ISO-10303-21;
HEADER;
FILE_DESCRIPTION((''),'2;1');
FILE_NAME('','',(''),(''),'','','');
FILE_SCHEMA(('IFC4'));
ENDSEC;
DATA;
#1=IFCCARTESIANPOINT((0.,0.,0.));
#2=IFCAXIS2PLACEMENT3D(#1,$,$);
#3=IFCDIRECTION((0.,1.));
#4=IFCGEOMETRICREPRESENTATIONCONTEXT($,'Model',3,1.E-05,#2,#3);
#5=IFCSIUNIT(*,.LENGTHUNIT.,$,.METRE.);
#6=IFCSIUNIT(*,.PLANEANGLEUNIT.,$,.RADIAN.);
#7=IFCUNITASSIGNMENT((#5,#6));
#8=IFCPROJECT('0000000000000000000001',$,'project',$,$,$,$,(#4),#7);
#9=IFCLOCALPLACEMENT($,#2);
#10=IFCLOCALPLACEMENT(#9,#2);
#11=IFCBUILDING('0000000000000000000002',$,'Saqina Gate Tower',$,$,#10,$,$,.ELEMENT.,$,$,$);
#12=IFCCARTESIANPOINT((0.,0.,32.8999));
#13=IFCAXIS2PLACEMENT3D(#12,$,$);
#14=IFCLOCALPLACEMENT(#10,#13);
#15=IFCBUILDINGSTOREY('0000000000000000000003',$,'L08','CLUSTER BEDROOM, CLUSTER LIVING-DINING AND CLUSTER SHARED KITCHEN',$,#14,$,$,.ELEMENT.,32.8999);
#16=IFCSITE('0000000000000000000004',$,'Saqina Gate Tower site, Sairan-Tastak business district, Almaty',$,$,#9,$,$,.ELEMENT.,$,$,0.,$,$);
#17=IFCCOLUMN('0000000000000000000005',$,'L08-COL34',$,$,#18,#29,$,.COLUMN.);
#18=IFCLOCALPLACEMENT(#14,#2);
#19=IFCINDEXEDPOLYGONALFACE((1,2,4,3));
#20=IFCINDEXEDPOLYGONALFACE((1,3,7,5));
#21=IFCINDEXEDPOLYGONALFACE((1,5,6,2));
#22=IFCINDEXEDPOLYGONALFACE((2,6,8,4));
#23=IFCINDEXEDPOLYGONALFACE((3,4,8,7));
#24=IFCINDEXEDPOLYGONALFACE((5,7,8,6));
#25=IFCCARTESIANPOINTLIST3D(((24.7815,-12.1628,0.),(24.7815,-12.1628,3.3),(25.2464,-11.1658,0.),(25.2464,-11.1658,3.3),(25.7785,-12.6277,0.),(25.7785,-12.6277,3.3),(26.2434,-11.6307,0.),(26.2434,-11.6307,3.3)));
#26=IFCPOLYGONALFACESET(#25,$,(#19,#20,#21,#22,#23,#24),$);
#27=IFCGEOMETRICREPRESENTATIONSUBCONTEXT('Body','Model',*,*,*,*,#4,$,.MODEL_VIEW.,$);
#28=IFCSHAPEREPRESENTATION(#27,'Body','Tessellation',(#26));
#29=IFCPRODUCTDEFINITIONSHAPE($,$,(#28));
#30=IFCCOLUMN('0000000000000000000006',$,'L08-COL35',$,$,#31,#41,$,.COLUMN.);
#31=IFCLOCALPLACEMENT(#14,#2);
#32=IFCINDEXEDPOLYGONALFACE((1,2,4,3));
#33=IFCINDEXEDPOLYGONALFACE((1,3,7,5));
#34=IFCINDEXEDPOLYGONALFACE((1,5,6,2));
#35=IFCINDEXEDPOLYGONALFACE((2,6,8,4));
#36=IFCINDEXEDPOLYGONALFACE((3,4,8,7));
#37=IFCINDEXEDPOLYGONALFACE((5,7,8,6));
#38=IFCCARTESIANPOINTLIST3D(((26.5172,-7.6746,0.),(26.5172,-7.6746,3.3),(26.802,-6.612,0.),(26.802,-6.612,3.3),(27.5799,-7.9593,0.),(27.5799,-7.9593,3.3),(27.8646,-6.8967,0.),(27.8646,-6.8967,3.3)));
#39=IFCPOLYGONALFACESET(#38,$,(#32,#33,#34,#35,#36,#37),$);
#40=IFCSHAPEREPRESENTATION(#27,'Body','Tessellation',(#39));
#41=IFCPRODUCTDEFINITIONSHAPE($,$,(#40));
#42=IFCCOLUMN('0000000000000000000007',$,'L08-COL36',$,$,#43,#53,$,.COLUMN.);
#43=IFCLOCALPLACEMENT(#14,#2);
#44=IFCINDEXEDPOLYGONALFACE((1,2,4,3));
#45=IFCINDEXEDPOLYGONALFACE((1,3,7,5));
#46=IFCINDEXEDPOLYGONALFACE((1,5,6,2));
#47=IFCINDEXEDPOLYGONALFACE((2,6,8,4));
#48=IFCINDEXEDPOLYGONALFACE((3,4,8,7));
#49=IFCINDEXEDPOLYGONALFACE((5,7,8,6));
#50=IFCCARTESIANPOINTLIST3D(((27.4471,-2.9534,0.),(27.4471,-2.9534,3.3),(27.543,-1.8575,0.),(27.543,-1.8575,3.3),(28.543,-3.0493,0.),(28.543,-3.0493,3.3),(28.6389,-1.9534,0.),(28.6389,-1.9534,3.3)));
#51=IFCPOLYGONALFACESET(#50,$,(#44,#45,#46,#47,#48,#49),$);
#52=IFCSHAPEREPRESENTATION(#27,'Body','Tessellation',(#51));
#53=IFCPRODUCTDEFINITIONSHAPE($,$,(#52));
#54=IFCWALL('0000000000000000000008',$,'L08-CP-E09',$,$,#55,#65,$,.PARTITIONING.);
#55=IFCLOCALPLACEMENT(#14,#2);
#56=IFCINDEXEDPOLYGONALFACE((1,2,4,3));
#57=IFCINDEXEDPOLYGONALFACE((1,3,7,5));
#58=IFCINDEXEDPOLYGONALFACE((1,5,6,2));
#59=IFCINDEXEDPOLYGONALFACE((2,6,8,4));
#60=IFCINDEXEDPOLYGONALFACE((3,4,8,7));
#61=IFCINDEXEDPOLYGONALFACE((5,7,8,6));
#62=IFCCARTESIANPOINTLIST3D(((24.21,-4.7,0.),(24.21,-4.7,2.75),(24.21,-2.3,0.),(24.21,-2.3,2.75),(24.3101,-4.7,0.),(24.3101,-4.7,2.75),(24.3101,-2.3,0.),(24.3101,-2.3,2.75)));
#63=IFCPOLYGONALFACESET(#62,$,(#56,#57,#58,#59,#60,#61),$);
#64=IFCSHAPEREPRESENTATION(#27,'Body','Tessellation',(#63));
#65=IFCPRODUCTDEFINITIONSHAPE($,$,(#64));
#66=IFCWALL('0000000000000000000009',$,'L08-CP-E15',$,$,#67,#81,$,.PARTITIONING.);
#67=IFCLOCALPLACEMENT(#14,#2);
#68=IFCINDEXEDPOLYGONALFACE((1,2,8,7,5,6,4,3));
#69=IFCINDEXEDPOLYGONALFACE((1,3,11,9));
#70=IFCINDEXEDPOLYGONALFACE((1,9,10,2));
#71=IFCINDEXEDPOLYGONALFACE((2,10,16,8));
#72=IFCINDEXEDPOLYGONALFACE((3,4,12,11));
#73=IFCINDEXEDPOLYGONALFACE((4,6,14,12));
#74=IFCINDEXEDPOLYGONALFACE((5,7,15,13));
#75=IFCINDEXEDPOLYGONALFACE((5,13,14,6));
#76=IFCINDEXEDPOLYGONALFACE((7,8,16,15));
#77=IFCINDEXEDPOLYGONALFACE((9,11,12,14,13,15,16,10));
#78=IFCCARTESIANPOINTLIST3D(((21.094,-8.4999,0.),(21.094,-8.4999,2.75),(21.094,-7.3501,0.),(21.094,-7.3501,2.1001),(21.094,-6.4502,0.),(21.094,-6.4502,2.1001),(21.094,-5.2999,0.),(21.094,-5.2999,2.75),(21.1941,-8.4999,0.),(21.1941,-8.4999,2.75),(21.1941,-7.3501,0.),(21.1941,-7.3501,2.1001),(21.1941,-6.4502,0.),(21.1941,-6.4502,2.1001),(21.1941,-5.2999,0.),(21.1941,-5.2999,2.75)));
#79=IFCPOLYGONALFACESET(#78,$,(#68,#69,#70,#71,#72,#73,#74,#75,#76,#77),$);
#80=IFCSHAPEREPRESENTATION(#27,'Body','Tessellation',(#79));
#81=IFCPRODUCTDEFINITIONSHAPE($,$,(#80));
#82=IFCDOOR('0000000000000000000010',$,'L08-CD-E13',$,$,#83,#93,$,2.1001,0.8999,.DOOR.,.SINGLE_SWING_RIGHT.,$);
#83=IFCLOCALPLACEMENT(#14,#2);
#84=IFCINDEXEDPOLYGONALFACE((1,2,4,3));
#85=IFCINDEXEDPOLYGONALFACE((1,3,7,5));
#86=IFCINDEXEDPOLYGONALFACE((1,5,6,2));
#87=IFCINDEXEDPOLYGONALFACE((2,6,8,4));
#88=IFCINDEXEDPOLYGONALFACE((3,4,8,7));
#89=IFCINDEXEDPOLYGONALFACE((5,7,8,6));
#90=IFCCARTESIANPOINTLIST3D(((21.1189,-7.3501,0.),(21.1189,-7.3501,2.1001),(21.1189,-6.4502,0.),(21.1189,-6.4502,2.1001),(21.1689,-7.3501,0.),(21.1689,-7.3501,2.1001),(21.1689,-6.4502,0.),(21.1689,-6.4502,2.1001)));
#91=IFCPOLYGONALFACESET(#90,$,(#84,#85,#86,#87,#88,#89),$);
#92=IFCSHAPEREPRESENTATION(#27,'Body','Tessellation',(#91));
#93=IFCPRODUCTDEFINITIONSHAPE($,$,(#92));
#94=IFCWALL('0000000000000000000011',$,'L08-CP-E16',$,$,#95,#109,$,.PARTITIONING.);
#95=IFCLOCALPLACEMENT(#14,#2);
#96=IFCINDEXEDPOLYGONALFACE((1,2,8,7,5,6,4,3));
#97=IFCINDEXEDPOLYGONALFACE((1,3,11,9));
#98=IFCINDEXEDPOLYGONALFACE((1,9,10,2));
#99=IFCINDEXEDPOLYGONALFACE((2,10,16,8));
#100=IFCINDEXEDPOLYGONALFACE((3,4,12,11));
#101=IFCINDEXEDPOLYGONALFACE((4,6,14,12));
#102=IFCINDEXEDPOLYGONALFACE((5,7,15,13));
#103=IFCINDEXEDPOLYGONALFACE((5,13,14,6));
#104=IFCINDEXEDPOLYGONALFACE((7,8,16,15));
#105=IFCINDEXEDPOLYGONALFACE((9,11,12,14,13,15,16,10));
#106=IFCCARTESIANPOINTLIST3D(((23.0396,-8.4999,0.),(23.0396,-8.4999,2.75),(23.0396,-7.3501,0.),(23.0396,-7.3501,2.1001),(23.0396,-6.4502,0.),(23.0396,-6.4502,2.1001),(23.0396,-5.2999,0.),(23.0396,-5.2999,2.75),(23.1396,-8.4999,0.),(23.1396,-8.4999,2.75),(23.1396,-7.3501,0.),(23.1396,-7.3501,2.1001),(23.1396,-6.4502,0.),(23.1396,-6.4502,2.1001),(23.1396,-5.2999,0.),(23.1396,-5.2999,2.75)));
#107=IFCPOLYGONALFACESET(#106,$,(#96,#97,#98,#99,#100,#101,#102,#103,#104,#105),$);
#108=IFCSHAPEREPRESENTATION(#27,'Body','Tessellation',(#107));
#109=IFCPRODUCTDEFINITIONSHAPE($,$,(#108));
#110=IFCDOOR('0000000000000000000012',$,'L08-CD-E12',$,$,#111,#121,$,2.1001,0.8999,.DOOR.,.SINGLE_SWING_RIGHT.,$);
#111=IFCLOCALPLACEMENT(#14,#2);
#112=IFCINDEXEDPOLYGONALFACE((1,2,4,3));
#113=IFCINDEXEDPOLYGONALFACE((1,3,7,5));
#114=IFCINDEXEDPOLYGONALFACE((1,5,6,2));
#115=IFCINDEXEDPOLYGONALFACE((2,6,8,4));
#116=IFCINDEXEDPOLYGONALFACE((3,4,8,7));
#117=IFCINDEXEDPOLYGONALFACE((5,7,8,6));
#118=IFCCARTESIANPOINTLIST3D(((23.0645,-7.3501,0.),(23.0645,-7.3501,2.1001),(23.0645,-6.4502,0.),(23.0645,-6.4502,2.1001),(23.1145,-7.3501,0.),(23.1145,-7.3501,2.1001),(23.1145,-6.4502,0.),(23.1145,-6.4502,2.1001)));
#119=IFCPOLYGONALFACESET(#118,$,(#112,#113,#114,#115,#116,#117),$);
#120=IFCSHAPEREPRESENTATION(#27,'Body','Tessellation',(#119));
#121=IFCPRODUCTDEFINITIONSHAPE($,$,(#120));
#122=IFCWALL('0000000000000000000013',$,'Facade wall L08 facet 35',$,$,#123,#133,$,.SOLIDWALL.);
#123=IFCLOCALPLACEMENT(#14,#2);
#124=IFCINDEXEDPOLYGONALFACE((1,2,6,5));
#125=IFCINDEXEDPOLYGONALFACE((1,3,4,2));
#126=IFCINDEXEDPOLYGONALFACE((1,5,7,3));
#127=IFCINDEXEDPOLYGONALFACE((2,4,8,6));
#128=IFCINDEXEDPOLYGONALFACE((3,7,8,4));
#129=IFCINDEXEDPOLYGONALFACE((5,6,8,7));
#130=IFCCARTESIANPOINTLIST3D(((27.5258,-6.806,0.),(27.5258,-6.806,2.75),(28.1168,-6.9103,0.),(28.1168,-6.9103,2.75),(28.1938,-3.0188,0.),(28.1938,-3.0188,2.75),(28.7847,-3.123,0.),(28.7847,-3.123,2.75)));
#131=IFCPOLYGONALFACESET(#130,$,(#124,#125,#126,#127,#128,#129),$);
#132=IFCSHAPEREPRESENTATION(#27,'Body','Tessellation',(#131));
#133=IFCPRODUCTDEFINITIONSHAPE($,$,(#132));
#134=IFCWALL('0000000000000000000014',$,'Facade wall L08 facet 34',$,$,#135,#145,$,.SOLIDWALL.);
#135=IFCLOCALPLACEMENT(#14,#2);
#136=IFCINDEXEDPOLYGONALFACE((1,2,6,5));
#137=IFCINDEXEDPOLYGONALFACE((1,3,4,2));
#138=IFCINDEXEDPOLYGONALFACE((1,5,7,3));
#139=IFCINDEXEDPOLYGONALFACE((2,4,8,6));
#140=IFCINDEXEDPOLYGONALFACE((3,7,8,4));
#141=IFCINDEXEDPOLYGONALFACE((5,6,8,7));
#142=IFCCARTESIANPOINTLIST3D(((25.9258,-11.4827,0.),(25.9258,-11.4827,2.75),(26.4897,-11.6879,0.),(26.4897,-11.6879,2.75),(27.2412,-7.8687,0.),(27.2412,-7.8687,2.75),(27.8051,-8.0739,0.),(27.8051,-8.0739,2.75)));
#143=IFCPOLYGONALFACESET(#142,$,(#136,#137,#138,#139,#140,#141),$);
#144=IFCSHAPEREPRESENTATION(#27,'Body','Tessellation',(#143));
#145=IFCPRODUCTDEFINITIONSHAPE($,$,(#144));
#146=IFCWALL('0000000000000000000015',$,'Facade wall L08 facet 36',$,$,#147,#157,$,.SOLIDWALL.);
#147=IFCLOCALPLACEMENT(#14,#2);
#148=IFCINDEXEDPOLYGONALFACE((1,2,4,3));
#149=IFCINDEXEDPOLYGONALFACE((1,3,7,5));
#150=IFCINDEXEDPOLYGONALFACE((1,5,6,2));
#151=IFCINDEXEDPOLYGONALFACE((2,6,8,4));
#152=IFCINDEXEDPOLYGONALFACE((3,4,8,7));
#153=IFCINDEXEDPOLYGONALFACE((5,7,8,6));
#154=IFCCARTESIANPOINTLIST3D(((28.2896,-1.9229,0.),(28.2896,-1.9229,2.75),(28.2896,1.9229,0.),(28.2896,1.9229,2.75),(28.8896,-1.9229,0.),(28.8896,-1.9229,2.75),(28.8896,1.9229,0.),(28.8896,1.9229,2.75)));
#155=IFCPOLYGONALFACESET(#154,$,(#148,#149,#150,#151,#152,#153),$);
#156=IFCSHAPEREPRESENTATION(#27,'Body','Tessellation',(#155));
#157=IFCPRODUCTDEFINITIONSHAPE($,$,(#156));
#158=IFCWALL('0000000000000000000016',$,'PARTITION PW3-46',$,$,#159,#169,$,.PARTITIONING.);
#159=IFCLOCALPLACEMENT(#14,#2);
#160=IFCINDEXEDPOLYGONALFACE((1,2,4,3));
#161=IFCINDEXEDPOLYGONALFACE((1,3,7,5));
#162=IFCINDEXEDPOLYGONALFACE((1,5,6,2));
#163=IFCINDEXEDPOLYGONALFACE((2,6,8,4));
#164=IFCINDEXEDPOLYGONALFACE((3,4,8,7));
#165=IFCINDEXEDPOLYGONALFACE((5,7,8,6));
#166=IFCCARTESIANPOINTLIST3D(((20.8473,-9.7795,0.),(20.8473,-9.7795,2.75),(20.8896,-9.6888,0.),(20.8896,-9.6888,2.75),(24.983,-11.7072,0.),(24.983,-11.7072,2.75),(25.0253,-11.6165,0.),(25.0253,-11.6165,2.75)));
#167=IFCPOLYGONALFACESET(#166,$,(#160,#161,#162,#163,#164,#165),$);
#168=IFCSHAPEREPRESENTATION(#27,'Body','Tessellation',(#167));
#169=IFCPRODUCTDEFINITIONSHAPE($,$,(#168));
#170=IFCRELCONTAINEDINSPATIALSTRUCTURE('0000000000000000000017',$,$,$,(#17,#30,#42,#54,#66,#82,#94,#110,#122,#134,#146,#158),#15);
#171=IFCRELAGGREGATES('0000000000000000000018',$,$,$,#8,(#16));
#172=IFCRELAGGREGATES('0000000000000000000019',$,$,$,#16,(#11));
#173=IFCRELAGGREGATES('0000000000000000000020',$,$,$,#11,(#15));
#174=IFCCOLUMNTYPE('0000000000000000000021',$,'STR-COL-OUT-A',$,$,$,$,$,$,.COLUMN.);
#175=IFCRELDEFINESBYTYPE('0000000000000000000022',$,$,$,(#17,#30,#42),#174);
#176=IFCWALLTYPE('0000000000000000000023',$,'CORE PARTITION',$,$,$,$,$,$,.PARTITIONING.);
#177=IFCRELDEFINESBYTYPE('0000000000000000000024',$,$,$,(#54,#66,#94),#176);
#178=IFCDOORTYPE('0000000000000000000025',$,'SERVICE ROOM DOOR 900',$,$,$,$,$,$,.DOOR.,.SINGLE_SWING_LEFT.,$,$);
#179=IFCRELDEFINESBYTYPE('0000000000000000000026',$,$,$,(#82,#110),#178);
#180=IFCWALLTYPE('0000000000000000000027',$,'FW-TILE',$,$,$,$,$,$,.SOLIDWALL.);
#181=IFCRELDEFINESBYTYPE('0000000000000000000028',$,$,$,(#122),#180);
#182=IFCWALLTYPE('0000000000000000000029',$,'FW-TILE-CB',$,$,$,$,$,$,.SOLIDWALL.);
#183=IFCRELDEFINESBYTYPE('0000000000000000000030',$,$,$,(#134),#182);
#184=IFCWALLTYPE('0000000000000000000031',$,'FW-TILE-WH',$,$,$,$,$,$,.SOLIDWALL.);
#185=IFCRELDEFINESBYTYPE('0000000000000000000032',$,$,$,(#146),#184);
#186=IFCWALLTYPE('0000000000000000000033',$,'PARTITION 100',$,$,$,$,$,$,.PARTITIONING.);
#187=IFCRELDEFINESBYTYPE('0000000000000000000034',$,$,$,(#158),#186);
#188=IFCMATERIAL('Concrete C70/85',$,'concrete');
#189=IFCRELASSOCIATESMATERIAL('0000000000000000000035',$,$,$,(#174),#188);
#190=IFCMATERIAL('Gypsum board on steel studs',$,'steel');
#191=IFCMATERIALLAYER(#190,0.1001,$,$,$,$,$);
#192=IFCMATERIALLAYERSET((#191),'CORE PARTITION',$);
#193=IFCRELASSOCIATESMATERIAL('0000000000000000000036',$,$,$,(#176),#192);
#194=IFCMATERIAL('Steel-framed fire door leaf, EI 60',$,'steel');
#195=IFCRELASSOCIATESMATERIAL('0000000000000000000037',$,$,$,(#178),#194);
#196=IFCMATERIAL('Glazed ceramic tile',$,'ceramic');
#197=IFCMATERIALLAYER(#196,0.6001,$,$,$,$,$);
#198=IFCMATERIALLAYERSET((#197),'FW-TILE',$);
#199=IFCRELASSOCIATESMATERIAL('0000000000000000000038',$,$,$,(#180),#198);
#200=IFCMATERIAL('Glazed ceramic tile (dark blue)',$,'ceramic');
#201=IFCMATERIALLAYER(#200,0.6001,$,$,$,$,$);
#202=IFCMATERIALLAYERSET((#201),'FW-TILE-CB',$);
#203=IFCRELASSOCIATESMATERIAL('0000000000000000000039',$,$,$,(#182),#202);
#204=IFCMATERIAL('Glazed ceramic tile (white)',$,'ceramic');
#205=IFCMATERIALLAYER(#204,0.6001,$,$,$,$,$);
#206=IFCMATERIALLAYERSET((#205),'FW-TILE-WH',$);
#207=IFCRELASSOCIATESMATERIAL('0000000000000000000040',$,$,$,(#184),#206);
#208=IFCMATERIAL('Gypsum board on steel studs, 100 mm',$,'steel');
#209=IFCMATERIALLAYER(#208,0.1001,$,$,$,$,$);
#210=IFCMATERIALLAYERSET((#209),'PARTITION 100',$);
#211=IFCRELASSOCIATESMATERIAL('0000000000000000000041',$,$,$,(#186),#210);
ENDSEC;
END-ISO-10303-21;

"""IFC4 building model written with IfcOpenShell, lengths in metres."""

from ifc_helpers import new_model, si_unit, direction, frame, frame_2d, origin, origin_2d, place, context, subcontext, project, spatial, rectangle, extrude, material, layer, layer_set, material_profile, profile_set, type_object, element, fill, save


model = new_model("IFC4")

# Units and contexts
model_context = context("Model", 3, precision=1e-05, world=origin(), true_north=direction((0.0, 1.0)))
body_context = subcontext(model_context, "Body", "Model", "MODEL_VIEW")
ifc_project = project(units=[si_unit("LENGTHUNIT", "METRE"), si_unit("PLANEANGLEUNIT", "RADIAN")], contexts=[model_context])

# Site, building, storey
site_placement = place(None, origin())
site = spatial("IfcSite", under=ifc_project, at=site_placement, Name="Saqina Gate Tower site, Sairan-Tastak business district, Almaty", CompositionType="ELEMENT", RefElevation=0.0)
building_placement = place(site_placement, origin())
building = spatial("IfcBuilding", under=site, at=building_placement, Name="Saqina Gate Tower", CompositionType="ELEMENT")
storey_placement = place(building_placement, frame((0.0, 0.0, 32.8999)))
storey = spatial("IfcBuildingStorey", under=building, at=storey_placement, Name="L08", Description="CLUSTER BEDROOM, CLUSTER LIVING-DINING AND CLUSTER SHARED KITCHEN", CompositionType="ELEMENT", Elevation=32.8999)

# Columns
ifc_material_1 = material(Name="Concrete C70/85", Category="concrete")
ifc_material_profile = material_profile(ifc_material_1, rectangle(XDim=1.1001, YDim=1.1001, at=origin_2d()), Name="RC 1100x1100")
ifc_profile_set = profile_set([ifc_material_profile], Name="Concrete C70/85")
column_type = type_object("IfcColumnType", Name="STR-COL-OUT-A", PredefinedType="COLUMN", material=ifc_profile_set)
for number, where, z_axis, x_axis, name in (
    (1, (25.5125, -11.8967, 0.0), (0.0, 0.0, 1.0), (0.906308, -0.422618, 0.0), "L08-COL34"),
    (2, (27.1909, -7.2856, 0.0), (0.0, 0.0, 1.0), (0.965926, -0.258819, 0.0), "L08-COL35"),
    (3, (28.043, -2.4534, 0.0), (0.0, 0.0, 1.0), (0.996195, -0.087156, 0.0), "L08-COL36"),
):
    element("IfcColumn", number, at=place(storey_placement, frame(where, z_axis=z_axis, x_axis=x_axis)), inside=storey, type_object=column_type, Name=name, PredefinedType="COLUMN", context=body_context, shape_type="SweptSolid", body=[
        extrude(rectangle(XDim=1.1001, YDim=1.1001, at=origin_2d()), origin(), (0.0, 0.0, 1.0), 3.3),
    ])

# Wall
ifc_material_2 = material(Name="Gypsum board on steel studs", Category="steel")
ifc_layer_1 = layer(ifc_material_2, 0.1001)
ifc_layer_set_1 = layer_set([ifc_layer_1], Name="CORE PARTITION")
wall_type_1 = type_object("IfcWallType", Name="CORE PARTITION", PredefinedType="PARTITIONING", material=ifc_layer_set_1)
wall_1_placement = place(storey_placement, frame((24.26, -4.7, 0.0), z_axis=(0.0, 0.0, 1.0), x_axis=(0.0, 1.0, 0.0)))
element("IfcWall", 4, at=wall_1_placement, inside=storey, type_object=wall_type_1, Name="L08-CP-E09", PredefinedType="PARTITIONING", context=body_context, shape_type="SweptSolid", body=[
    extrude(rectangle(XDim=2.3999, YDim=0.1001, at=frame_2d((1.2, 0.0))), origin(), (0.0, 0.0, 1.0), 2.75),
])

# Walls, openings, doors
wall_2_placement = place(storey_placement, frame((21.144, -8.5, 0.0), z_axis=(0.0, 0.0, 1.0), x_axis=(0.0, 1.0, 0.0)))
wall_2 = element("IfcWall", 5, at=wall_2_placement, inside=storey, type_object=wall_type_1, Name="L08-CP-E15", PredefinedType="PARTITIONING", context=body_context, shape_type="SweptSolid", body=[
    extrude(rectangle(XDim=3.2, YDim=0.1001, at=frame_2d((1.6001, 0.0))), origin(), (0.0, 0.0, 1.0), 2.75),
])
opening_1_placement = place(wall_2_placement, frame((1.1499, 0.0, 0.0)))
opening_1 = element("IfcOpeningElement", 6, at=opening_1_placement, cuts=wall_2, PredefinedType="OPENING", context=body_context, shape_type="SweptSolid", body=[
    extrude(rectangle(XDim=0.8999, YDim=2.1001, at=frame_2d((0.45, 1.05))), frame((0.0, 0.062, 0.0), z_axis=(0.0, -1.0, 0.0), x_axis=(1.0, 0.0, 0.0)), (0.0, 0.0, 1.0), 0.124),
])
ifc_material_3 = material(Name="Steel-framed fire door leaf, EI 60", Category="steel")
door_type = type_object("IfcDoorType", Name="SERVICE ROOM DOOR 900", OperationType="SINGLE_SWING_LEFT", PredefinedType="DOOR", material=ifc_material_3)
door_1_placement = place(opening_1_placement, frame((0.8999, 0.0, 0.0), z_axis=(0.0, 0.0, 1.0), x_axis=(-1.0, 0.0, 0.0)))
door_1 = element("IfcDoor", 7, at=door_1_placement, inside=storey, type_object=door_type, Name="L08-CD-E13", OperationType="SINGLE_SWING_RIGHT", OverallHeight=2.1001, OverallWidth=0.8999, PredefinedType="DOOR", context=body_context, shape_type="SweptSolid", body=[
    extrude(rectangle(XDim=0.8999, YDim=2.1001, at=frame_2d((0.45, 1.05))), frame((0.0, 0.0249, 0.0), z_axis=(0.0, -1.0, 0.0), x_axis=(1.0, 0.0, 0.0)), (0.0, 0.0, 1.0), 0.05),
])
fill(opening_1, door_1)
wall_3_placement = place(storey_placement, frame((23.0896, -8.5, 0.0), z_axis=(0.0, 0.0, 1.0), x_axis=(0.0, 1.0, 0.0)))
wall_3 = element("IfcWall", 8, at=wall_3_placement, inside=storey, type_object=wall_type_1, Name="L08-CP-E16", PredefinedType="PARTITIONING", context=body_context, shape_type="SweptSolid", body=[
    extrude(rectangle(XDim=3.2, YDim=0.1001, at=frame_2d((1.6001, 0.0))), origin(), (0.0, 0.0, 1.0), 2.75),
])
opening_2_placement = place(wall_3_placement, frame((1.1499, 0.0, 0.0)))
opening_2 = element("IfcOpeningElement", 9, at=opening_2_placement, cuts=wall_3, PredefinedType="OPENING", context=body_context, shape_type="SweptSolid", body=[
    extrude(rectangle(XDim=0.8999, YDim=2.1001, at=frame_2d((0.45, 1.05))), frame((0.0, 0.062, 0.0), z_axis=(0.0, -1.0, 0.0), x_axis=(1.0, 0.0, 0.0)), (0.0, 0.0, 1.0), 0.124),
])
door_2_placement = place(opening_2_placement, frame((0.8999, 0.0, 0.0), z_axis=(0.0, 0.0, 1.0), x_axis=(-1.0, 0.0, 0.0)))
door_2 = element("IfcDoor", 10, at=door_2_placement, inside=storey, type_object=door_type, Name="L08-CD-E12", OperationType="SINGLE_SWING_RIGHT", OverallHeight=2.1001, OverallWidth=0.8999, PredefinedType="DOOR", context=body_context, shape_type="SweptSolid", body=[
    extrude(rectangle(XDim=0.8999, YDim=2.1001, at=frame_2d((0.45, 1.05))), frame((0.0, 0.0249, 0.0), z_axis=(0.0, -1.0, 0.0), x_axis=(1.0, 0.0, 0.0)), (0.0, 0.0, 1.0), 0.05),
])
fill(opening_2, door_2)

# Walls
ifc_material_4 = material(Name="Glazed ceramic tile", Category="ceramic")
ifc_layer_2 = layer(ifc_material_4, 0.6001)
ifc_layer_set_2 = layer_set([ifc_layer_2], Name="FW-TILE")
wall_type_2 = type_object("IfcWallType", Name="FW-TILE", PredefinedType="SOLIDWALL", material=ifc_layer_set_2)
wall_4_placement = place(storey_placement, frame((27.8213, -6.8582, 0.0), z_axis=(0.0, 0.0, 1.0), x_axis=(0.173688, 0.984801, 0.0)))
element("IfcWall", 11, at=wall_4_placement, inside=storey, type_object=wall_type_2, Name="Facade wall L08 facet 35", PredefinedType="SOLIDWALL", context=body_context, shape_type="SweptSolid", body=[
    extrude(rectangle(XDim=3.8457, YDim=0.6001, at=frame_2d((1.9229, 0.0))), origin(), (0.0, 0.0, 1.0), 2.75),
])
ifc_material_5 = material(Name="Glazed ceramic tile (dark blue)", Category="ceramic")
ifc_layer_3 = layer(ifc_material_5, 0.6001)
ifc_layer_set_3 = layer_set([ifc_layer_3], Name="FW-TILE-CB")
wall_type_3 = type_object("IfcWallType", Name="FW-TILE-CB", PredefinedType="SOLIDWALL", material=ifc_layer_set_3)
wall_5_placement = place(storey_placement, frame((26.2078, -11.5852, 0.0), z_axis=(0.0, 0.0, 1.0), x_axis=(0.342028, 0.93969, 0.0)))
element("IfcWall", 12, at=wall_5_placement, inside=storey, type_object=wall_type_3, Name="Facade wall L08 facet 34", PredefinedType="SOLIDWALL", context=body_context, shape_type="SweptSolid", body=[
    extrude(rectangle(XDim=3.8459, YDim=0.6001, at=frame_2d((1.9229, 0.0))), origin(), (0.0, 0.0, 1.0), 2.75),
])
ifc_material_6 = material(Name="Glazed ceramic tile (white)", Category="ceramic")
ifc_layer_4 = layer(ifc_material_6, 0.6001)
ifc_layer_set_4 = layer_set([ifc_layer_4], Name="FW-TILE-WH")
wall_type_4 = type_object("IfcWallType", Name="FW-TILE-WH", PredefinedType="SOLIDWALL", material=ifc_layer_set_4)
wall_6_placement = place(storey_placement, frame((28.5896, -1.9229, 0.0), z_axis=(0.0, 0.0, 1.0), x_axis=(0.0, 1.0, 0.0)))
element("IfcWall", 13, at=wall_6_placement, inside=storey, type_object=wall_type_4, Name="Facade wall L08 facet 36", PredefinedType="SOLIDWALL", context=body_context, shape_type="SweptSolid", body=[
    extrude(rectangle(XDim=3.8457, YDim=0.6001, at=frame_2d((1.9229, 0.0))), origin(), (0.0, 0.0, 1.0), 2.75),
])
ifc_material_7 = material(Name="Gypsum board on steel studs, 100 mm", Category="steel")
ifc_layer_5 = layer(ifc_material_7, 0.1001)
ifc_layer_set_5 = layer_set([ifc_layer_5], Name="PARTITION 100")
wall_type_5 = type_object("IfcWallType", Name="PARTITION 100", PredefinedType="PARTITIONING", material=ifc_layer_set_5)
wall_7_placement = place(storey_placement, frame((20.8684, -9.7341, 0.0), z_axis=(0.0, 0.0, 1.0), x_axis=(0.906374, -0.422475, 0.0)))
element("IfcWall", 14, at=wall_7_placement, inside=storey, type_object=wall_type_5, Name="PARTITION PW3-46", PredefinedType="PARTITIONING", context=body_context, shape_type="SweptSolid", body=[
    extrude(rectangle(XDim=4.563, YDim=0.1001, at=frame_2d((2.2815, 0.0))), origin(), (0.0, 0.0, 1.0), 2.75),
])

save(model, "model.ifc")
